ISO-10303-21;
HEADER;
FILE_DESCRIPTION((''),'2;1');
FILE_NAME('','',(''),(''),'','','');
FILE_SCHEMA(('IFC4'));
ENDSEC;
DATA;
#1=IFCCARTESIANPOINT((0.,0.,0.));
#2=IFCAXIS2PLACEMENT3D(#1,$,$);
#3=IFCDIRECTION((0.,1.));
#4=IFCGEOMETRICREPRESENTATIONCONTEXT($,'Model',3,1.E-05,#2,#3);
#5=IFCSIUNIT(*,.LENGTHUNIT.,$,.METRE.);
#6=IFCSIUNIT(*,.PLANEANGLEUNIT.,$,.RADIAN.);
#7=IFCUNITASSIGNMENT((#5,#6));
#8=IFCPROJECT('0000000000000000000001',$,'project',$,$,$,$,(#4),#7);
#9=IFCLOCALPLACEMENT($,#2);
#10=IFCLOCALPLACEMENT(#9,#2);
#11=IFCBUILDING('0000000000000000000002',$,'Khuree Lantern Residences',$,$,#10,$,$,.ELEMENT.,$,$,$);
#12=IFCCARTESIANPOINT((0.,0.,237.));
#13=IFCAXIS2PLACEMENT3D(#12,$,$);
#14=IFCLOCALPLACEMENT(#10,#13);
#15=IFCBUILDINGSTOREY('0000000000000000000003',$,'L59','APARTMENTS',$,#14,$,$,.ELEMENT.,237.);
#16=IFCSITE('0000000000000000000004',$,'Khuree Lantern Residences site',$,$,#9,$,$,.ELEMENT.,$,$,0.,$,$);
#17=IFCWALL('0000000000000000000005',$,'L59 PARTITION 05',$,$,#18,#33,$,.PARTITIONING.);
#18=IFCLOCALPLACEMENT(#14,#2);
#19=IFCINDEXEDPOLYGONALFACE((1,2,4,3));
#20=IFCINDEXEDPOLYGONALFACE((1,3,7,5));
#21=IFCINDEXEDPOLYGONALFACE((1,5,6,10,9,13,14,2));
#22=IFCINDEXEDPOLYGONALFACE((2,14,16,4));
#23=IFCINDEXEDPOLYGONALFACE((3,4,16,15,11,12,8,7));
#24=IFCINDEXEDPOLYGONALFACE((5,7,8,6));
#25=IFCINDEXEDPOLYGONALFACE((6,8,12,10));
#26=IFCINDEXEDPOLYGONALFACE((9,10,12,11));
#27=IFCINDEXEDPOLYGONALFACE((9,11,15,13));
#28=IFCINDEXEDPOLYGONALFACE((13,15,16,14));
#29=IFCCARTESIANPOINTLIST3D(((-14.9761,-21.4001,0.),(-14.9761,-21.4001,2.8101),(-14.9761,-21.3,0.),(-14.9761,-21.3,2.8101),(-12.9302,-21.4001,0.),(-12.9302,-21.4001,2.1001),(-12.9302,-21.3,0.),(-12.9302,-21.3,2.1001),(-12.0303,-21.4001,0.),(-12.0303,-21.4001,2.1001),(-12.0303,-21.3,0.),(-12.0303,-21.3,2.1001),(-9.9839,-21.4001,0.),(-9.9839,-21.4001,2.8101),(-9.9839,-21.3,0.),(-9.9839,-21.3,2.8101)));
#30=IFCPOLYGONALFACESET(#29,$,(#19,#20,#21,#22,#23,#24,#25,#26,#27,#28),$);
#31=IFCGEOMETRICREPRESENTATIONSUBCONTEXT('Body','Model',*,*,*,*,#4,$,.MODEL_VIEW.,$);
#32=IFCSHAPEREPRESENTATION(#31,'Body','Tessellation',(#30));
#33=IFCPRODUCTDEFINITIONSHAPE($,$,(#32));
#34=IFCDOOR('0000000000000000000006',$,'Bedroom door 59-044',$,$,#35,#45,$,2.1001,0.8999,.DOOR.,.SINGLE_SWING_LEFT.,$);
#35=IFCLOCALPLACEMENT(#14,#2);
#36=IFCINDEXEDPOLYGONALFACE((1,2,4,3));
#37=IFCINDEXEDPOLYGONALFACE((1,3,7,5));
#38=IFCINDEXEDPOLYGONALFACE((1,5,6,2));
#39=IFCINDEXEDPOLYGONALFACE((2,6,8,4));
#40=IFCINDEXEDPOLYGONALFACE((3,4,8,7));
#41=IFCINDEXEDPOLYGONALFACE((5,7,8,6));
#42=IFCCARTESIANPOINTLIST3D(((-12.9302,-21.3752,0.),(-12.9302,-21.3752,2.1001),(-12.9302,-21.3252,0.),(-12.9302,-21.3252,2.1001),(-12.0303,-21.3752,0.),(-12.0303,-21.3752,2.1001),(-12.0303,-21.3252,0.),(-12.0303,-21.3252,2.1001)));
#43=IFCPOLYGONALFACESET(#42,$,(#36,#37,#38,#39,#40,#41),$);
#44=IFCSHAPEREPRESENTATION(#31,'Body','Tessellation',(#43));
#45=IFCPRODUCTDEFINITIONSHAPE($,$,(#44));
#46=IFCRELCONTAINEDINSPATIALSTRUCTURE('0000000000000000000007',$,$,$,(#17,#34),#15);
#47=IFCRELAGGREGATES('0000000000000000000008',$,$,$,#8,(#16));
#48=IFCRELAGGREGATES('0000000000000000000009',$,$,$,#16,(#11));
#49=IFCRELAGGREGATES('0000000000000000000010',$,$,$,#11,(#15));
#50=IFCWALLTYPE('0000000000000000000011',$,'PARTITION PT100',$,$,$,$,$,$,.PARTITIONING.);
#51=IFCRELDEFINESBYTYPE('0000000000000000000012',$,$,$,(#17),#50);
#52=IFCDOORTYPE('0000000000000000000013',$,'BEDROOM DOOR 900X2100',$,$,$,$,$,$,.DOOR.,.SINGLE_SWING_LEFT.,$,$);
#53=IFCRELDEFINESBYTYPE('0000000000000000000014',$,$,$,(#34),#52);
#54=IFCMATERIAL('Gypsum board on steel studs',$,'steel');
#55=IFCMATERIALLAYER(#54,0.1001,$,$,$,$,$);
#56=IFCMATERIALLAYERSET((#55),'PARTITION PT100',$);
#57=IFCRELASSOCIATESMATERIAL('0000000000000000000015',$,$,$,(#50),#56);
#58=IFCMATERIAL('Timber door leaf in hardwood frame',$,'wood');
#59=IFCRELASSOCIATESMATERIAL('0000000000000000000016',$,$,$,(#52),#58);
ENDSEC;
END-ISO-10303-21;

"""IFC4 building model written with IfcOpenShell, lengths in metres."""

from ifc_helpers import new_model, si_unit, direction, frame, frame_2d, origin, place, context, subcontext, project, spatial, rectangle, extrude, material, layer, layer_set, type_object, element, fill, save


model = new_model("IFC4")

# Units and contexts
model_context = context("Model", 3, precision=1e-05, world=origin(), true_north=direction((0.0, 1.0)))
body_context = subcontext(model_context, "Body", "Model", "MODEL_VIEW")
ifc_project = project(units=[si_unit("LENGTHUNIT", "METRE"), si_unit("PLANEANGLEUNIT", "RADIAN")], contexts=[model_context])

# Site, building, storey
site_placement = place(None, origin())
site = spatial("IfcSite", under=ifc_project, at=site_placement, Name="Khuree Lantern Residences site", CompositionType="ELEMENT", RefElevation=0.0)
building_placement = place(site_placement, origin())
building = spatial("IfcBuilding", under=site, at=building_placement, Name="Khuree Lantern Residences", CompositionType="ELEMENT")
storey_placement = place(building_placement, frame((0.0, 0.0, 237.0)))
storey = spatial("IfcBuildingStorey", under=building, at=storey_placement, Name="L59", Description="APARTMENTS", CompositionType="ELEMENT", Elevation=237.0)

# Shared definitions
ifc_material_1 = material(Name="Gypsum board on steel studs", Category="steel")
ifc_layer_1 = layer(ifc_material_1, 0.1001)
ifc_layer_set_1 = layer_set([ifc_layer_1], Name="PARTITION PT100")
wall_type = type_object("IfcWallType", Name="PARTITION PT100", PredefinedType="PARTITIONING", material=ifc_layer_set_1)

# Wall, opening, door
wall_placement = place(storey_placement, frame((-14.9761, -21.3501, 0.0), z_axis=(0.0, 0.0, 1.0), x_axis=(1.0, 0.0, 0.0)))
wall = element("IfcWall", 1, at=wall_placement, inside=storey, type_object=wall_type, Name="L59 PARTITION 05", PredefinedType="PARTITIONING", context=body_context, shape_type="SweptSolid", body=[
    extrude(rectangle(XDim=4.9922, YDim=0.1001, at=frame_2d((2.4961, 0.0))), origin(), (0.0, 0.0, 1.0), 2.8101),
])
opening_placement = place(wall_placement, frame((2.0459, 0.0, 0.0)))
opening = element("IfcOpeningElement", 2, at=opening_placement, cuts=wall, PredefinedType="OPENING", context=body_context, shape_type="SweptSolid", body=[
    extrude(rectangle(XDim=0.8999, YDim=2.1001, at=frame_2d((0.45, 1.05))), frame((0.0, 0.0601, 0.0), z_axis=(0.0, -1.0, 0.0), x_axis=(1.0, 0.0, 0.0)), (0.0, 0.0, 1.0), 0.1201),
])
ifc_material_2 = material(Name="Timber door leaf in hardwood frame", Category="wood")
door_type = type_object("IfcDoorType", Name="BEDROOM DOOR 900X2100", OperationType="SINGLE_SWING_LEFT", PredefinedType="DOOR", material=ifc_material_2)
door_placement = place(opening_placement, origin())
door = element("IfcDoor", 3, at=door_placement, inside=storey, type_object=door_type, Name="Bedroom door 59-044", OperationType="SINGLE_SWING_LEFT", OverallHeight=2.1001, OverallWidth=0.8999, PredefinedType="DOOR", context=body_context, shape_type="SweptSolid", body=[
    extrude(rectangle(XDim=0.8999, YDim=2.1001, at=frame_2d((0.45, 1.05))), frame((0.0, 0.0249, 0.0), z_axis=(0.0, -1.0, 0.0), x_axis=(1.0, 0.0, 0.0)), (0.0, 0.0, 1.0), 0.05),
])
fill(opening, door)

save(model, "model.ifc")
